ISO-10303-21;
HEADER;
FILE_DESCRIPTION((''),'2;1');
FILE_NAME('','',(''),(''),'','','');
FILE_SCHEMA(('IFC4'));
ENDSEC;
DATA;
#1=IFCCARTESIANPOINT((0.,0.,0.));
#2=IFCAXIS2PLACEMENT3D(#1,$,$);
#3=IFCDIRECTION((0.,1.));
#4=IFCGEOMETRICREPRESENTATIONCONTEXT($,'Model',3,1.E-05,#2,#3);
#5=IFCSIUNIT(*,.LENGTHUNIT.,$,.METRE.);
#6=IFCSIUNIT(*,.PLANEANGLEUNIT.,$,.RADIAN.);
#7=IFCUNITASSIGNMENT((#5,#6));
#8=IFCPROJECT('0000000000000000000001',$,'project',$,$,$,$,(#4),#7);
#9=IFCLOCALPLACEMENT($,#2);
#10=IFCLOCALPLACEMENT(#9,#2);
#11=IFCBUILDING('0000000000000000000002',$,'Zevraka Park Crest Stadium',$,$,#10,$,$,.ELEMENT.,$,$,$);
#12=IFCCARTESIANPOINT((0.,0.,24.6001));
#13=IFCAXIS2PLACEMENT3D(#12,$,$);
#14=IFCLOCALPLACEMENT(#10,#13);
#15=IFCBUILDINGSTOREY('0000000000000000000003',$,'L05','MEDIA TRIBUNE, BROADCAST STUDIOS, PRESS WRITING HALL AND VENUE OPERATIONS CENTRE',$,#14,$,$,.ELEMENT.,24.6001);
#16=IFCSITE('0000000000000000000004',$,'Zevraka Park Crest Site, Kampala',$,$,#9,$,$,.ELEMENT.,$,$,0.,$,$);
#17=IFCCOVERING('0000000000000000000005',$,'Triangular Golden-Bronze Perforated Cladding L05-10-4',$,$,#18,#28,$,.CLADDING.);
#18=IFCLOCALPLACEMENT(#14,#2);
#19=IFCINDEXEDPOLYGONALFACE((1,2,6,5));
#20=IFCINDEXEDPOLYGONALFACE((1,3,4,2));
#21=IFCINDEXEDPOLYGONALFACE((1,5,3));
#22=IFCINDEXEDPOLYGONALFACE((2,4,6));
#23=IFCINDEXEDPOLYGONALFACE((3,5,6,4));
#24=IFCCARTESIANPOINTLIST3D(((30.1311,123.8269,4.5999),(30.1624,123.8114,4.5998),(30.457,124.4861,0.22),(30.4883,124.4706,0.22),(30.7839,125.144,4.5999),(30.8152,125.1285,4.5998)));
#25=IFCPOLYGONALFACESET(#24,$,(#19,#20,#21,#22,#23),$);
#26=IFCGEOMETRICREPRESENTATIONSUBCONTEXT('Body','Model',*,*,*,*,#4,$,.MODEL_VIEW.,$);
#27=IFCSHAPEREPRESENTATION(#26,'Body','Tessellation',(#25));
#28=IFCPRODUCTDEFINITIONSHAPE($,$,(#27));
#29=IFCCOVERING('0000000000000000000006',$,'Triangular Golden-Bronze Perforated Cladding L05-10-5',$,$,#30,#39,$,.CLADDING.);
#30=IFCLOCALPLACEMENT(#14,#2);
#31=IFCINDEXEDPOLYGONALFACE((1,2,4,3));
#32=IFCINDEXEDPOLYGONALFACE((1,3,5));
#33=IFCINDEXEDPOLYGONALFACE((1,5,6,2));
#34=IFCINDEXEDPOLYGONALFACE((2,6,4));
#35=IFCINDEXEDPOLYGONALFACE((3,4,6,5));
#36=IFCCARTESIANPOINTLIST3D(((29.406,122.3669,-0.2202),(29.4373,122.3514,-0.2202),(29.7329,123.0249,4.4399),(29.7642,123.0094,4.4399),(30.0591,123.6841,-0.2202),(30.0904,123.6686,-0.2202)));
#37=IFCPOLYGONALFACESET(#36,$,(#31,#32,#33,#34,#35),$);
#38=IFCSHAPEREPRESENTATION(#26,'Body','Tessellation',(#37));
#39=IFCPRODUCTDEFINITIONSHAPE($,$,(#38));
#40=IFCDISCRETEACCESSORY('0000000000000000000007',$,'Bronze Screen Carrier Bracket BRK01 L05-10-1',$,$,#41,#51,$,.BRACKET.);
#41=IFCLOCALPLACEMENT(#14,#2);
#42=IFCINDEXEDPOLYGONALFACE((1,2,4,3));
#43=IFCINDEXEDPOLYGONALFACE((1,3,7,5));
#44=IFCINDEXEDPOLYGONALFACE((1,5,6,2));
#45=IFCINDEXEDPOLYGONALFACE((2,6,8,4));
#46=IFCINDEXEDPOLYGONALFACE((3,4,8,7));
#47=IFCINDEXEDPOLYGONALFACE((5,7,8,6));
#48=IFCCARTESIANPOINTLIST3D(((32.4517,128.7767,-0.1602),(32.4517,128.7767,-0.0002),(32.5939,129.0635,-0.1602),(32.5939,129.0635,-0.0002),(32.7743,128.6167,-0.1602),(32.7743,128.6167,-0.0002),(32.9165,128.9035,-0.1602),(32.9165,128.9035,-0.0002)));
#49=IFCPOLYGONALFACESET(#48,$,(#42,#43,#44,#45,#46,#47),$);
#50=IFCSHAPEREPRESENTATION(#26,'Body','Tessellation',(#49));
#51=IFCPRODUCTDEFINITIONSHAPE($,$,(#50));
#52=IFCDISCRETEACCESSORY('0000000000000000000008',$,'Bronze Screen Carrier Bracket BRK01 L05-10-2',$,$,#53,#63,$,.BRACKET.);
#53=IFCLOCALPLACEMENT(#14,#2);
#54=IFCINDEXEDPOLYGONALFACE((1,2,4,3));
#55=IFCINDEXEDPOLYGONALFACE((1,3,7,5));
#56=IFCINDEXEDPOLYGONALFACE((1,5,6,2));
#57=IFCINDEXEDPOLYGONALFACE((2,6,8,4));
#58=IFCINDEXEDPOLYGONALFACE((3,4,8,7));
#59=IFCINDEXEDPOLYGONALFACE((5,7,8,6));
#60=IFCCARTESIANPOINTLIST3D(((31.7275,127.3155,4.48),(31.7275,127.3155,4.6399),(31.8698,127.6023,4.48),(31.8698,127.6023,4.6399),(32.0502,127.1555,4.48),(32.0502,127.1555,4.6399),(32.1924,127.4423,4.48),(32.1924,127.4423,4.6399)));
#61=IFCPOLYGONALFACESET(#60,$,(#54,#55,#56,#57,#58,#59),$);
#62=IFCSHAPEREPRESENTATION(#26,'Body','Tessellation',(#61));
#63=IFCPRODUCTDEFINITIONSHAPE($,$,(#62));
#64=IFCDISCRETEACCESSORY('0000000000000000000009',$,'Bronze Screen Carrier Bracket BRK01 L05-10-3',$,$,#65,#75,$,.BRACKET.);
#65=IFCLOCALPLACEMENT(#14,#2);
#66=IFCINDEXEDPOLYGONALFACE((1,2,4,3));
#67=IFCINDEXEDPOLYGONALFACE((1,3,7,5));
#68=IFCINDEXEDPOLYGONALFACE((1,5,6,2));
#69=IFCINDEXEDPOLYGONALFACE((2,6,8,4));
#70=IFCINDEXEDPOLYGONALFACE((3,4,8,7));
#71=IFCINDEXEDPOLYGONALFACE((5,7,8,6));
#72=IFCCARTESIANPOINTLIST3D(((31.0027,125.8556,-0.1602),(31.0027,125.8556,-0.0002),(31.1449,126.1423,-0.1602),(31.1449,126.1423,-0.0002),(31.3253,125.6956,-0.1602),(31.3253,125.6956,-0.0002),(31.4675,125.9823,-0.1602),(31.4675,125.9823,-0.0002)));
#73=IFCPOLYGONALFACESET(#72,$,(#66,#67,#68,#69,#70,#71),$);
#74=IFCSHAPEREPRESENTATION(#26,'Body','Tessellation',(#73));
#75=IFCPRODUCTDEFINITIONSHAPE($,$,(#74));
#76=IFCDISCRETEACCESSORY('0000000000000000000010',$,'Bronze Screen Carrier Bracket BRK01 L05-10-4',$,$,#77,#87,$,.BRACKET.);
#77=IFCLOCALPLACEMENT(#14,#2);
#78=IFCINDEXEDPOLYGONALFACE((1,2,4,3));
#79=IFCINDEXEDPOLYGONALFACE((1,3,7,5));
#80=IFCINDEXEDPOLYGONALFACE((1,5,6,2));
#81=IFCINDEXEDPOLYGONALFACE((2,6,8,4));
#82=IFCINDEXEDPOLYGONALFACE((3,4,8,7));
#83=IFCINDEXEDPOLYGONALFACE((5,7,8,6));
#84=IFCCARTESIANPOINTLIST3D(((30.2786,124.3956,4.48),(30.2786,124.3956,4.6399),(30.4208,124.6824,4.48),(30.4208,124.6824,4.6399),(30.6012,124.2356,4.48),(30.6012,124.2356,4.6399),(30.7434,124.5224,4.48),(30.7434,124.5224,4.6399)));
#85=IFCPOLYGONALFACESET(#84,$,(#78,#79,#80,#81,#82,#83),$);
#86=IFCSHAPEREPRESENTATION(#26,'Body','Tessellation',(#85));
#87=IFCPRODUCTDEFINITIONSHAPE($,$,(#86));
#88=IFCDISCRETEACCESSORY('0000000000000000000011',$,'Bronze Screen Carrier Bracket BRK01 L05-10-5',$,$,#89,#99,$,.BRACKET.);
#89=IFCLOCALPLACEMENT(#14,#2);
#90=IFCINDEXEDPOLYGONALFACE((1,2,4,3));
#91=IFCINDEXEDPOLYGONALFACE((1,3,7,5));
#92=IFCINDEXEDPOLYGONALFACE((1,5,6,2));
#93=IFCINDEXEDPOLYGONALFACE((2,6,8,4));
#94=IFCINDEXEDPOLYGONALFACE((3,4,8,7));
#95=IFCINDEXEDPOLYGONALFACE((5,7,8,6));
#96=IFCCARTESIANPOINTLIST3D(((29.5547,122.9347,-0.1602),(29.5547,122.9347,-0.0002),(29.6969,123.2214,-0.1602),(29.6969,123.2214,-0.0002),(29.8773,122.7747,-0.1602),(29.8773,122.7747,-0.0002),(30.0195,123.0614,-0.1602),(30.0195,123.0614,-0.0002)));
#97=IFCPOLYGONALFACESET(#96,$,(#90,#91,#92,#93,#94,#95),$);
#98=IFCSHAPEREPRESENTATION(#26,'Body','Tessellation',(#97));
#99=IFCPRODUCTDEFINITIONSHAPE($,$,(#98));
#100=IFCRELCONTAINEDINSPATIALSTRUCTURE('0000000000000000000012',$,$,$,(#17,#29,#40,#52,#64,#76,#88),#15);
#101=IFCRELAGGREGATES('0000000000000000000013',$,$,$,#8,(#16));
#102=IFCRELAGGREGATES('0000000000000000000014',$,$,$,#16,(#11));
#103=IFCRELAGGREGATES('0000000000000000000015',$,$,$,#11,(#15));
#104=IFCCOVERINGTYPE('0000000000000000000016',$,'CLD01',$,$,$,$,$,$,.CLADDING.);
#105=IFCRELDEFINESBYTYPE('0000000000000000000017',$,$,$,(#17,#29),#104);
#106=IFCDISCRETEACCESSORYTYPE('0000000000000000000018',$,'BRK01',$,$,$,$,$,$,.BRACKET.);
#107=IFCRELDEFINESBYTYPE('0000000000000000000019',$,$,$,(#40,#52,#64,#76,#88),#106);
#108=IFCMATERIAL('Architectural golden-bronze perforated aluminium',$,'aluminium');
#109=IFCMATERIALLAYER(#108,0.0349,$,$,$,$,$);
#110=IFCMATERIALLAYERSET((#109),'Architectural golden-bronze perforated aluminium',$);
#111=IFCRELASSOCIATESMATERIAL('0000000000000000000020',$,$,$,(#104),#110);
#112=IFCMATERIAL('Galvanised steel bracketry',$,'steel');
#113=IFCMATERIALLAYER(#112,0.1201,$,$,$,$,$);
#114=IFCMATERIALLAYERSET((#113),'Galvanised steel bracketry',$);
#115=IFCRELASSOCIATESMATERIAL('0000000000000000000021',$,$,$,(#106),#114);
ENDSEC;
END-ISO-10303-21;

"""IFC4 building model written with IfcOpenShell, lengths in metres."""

from ifc_helpers import new_model, si_unit, direction, frame, origin, origin_2d, place, context, subcontext, project, spatial, polyline, rectangle, outline, extrude, material, layer, layer_set, type_object, element, save


model = new_model("IFC4")

# Units and contexts
model_context = context("Model", 3, precision=1e-05, world=origin(), true_north=direction((0.0, 1.0)))
body_context = subcontext(model_context, "Body", "Model", "MODEL_VIEW")
ifc_project = project(units=[si_unit("LENGTHUNIT", "METRE"), si_unit("PLANEANGLEUNIT", "RADIAN")], contexts=[model_context])

# Site, building, storey
site_placement = place(None, origin())
site = spatial("IfcSite", under=ifc_project, at=site_placement, Name="Zevraka Park Crest Site, Kampala", CompositionType="ELEMENT", RefElevation=0.0)
building_placement = place(site_placement, origin())
building = spatial("IfcBuilding", under=site, at=building_placement, Name="Zevraka Park Crest Stadium", CompositionType="ELEMENT")
storey_placement = place(building_placement, frame((0.0, 0.0, 24.6001)))
storey = spatial("IfcBuildingStorey", under=building, at=storey_placement, Name="L05", Description="MEDIA TRIBUNE, BROADCAST STUDIOS, PRESS WRITING HALL AND VENUE OPERATIONS CENTRE", CompositionType="ELEMENT", Elevation=24.6001)

# Coverings
ifc_material_1 = material(Name="Architectural golden-bronze perforated aluminium", Category="aluminium")
ifc_layer_1 = layer(ifc_material_1, 0.0349)
ifc_layer_set_1 = layer_set([ifc_layer_1], Name="Architectural golden-bronze perforated aluminium")
covering_type = type_object("IfcCoveringType", Name="CLD01", PredefinedType="CLADDING", material=ifc_layer_set_1)
covering_1_placement = place(storey_placement, frame((30.1311, 123.8269, 4.5999), z_axis=(-0.895983, 0.444089, 0.000162), x_axis=(0.444089, 0.895983, 0.0)))
element("IfcCovering", 1, at=covering_1_placement, inside=storey, type_object=covering_type, Name="Triangular Golden-Bronze Perforated Cladding L05-10-4", PredefinedType="CLADDING", context=body_context, shape_type="SweptSolid", body=[
    extrude(outline(polyline([(0.0, 0.0), (1.47, 0.0), (0.7354, 4.3799), (0.0, 0.0)])), origin(), (0.0, 0.0, -1.0), 0.0349),
])
covering_2_placement = place(storey_placement, frame((30.0591, 123.6841, -0.2202), z_axis=(-0.895917, 0.444222, 0.000129), x_axis=(-0.444222, -0.895917, 0.0)))
element("IfcCovering", 2, at=covering_2_placement, inside=storey, type_object=covering_type, Name="Triangular Golden-Bronze Perforated Cladding L05-10-5", PredefinedType="CLADDING", context=body_context, shape_type="SweptSolid", body=[
    extrude(outline(polyline([(0.0, 0.0), (1.4702, 0.0), (0.7355, 4.6602), (0.0, 0.0)])), origin(), (0.0, 0.0, -1.0), 0.0349),
])

# Discrete accessories
ifc_material_2 = material(Name="Galvanised steel bracketry", Category="steel")
ifc_layer_2 = layer(ifc_material_2, 0.1201)
ifc_layer_set_2 = layer_set([ifc_layer_2], Name="Galvanised steel bracketry")
discrete_accessory_type = type_object("IfcDiscreteAccessoryType", Name="BRK01", PredefinedType="BRACKET", material=ifc_layer_set_2)
for number, where, z_axis, x_axis, name in (
    (3, (32.6841, 128.8401, -0.1602), (0.0, 0.0, 1.0), (-0.444322, -0.895867, 0.0), "Bronze Screen Carrier Bracket BRK01 L05-10-1"),
    (4, (31.96, 127.3789, 4.48), (0.0, 0.0, 1.0), (-0.444322, -0.895867, 0.0), "Bronze Screen Carrier Bracket BRK01 L05-10-2"),
    (5, (31.2351, 125.9189, -0.1602), (0.0, 0.0, 1.0), (-0.444322, -0.895867, 0.0), "Bronze Screen Carrier Bracket BRK01 L05-10-3"),
    (6, (30.511, 124.459, 4.48), (0.0, 0.0, 1.0), (-0.444322, -0.895867, 0.0), "Bronze Screen Carrier Bracket BRK01 L05-10-4"),
    (7, (29.7871, 122.998, -0.1602), (0.0, 0.0, 1.0), (-0.444322, -0.895867, 0.0), "Bronze Screen Carrier Bracket BRK01 L05-10-5"),
):
    element("IfcDiscreteAccessory", number, at=place(storey_placement, frame(where, z_axis=z_axis, x_axis=x_axis)), inside=storey, type_object=discrete_accessory_type, Name=name, PredefinedType="BRACKET", context=body_context, shape_type="SweptSolid", body=[
        extrude(rectangle(XDim=0.3201, YDim=0.3601, at=origin_2d()), origin(), (0.0, 0.0, 1.0), 0.1599),
    ])

save(model, "model.ifc")
